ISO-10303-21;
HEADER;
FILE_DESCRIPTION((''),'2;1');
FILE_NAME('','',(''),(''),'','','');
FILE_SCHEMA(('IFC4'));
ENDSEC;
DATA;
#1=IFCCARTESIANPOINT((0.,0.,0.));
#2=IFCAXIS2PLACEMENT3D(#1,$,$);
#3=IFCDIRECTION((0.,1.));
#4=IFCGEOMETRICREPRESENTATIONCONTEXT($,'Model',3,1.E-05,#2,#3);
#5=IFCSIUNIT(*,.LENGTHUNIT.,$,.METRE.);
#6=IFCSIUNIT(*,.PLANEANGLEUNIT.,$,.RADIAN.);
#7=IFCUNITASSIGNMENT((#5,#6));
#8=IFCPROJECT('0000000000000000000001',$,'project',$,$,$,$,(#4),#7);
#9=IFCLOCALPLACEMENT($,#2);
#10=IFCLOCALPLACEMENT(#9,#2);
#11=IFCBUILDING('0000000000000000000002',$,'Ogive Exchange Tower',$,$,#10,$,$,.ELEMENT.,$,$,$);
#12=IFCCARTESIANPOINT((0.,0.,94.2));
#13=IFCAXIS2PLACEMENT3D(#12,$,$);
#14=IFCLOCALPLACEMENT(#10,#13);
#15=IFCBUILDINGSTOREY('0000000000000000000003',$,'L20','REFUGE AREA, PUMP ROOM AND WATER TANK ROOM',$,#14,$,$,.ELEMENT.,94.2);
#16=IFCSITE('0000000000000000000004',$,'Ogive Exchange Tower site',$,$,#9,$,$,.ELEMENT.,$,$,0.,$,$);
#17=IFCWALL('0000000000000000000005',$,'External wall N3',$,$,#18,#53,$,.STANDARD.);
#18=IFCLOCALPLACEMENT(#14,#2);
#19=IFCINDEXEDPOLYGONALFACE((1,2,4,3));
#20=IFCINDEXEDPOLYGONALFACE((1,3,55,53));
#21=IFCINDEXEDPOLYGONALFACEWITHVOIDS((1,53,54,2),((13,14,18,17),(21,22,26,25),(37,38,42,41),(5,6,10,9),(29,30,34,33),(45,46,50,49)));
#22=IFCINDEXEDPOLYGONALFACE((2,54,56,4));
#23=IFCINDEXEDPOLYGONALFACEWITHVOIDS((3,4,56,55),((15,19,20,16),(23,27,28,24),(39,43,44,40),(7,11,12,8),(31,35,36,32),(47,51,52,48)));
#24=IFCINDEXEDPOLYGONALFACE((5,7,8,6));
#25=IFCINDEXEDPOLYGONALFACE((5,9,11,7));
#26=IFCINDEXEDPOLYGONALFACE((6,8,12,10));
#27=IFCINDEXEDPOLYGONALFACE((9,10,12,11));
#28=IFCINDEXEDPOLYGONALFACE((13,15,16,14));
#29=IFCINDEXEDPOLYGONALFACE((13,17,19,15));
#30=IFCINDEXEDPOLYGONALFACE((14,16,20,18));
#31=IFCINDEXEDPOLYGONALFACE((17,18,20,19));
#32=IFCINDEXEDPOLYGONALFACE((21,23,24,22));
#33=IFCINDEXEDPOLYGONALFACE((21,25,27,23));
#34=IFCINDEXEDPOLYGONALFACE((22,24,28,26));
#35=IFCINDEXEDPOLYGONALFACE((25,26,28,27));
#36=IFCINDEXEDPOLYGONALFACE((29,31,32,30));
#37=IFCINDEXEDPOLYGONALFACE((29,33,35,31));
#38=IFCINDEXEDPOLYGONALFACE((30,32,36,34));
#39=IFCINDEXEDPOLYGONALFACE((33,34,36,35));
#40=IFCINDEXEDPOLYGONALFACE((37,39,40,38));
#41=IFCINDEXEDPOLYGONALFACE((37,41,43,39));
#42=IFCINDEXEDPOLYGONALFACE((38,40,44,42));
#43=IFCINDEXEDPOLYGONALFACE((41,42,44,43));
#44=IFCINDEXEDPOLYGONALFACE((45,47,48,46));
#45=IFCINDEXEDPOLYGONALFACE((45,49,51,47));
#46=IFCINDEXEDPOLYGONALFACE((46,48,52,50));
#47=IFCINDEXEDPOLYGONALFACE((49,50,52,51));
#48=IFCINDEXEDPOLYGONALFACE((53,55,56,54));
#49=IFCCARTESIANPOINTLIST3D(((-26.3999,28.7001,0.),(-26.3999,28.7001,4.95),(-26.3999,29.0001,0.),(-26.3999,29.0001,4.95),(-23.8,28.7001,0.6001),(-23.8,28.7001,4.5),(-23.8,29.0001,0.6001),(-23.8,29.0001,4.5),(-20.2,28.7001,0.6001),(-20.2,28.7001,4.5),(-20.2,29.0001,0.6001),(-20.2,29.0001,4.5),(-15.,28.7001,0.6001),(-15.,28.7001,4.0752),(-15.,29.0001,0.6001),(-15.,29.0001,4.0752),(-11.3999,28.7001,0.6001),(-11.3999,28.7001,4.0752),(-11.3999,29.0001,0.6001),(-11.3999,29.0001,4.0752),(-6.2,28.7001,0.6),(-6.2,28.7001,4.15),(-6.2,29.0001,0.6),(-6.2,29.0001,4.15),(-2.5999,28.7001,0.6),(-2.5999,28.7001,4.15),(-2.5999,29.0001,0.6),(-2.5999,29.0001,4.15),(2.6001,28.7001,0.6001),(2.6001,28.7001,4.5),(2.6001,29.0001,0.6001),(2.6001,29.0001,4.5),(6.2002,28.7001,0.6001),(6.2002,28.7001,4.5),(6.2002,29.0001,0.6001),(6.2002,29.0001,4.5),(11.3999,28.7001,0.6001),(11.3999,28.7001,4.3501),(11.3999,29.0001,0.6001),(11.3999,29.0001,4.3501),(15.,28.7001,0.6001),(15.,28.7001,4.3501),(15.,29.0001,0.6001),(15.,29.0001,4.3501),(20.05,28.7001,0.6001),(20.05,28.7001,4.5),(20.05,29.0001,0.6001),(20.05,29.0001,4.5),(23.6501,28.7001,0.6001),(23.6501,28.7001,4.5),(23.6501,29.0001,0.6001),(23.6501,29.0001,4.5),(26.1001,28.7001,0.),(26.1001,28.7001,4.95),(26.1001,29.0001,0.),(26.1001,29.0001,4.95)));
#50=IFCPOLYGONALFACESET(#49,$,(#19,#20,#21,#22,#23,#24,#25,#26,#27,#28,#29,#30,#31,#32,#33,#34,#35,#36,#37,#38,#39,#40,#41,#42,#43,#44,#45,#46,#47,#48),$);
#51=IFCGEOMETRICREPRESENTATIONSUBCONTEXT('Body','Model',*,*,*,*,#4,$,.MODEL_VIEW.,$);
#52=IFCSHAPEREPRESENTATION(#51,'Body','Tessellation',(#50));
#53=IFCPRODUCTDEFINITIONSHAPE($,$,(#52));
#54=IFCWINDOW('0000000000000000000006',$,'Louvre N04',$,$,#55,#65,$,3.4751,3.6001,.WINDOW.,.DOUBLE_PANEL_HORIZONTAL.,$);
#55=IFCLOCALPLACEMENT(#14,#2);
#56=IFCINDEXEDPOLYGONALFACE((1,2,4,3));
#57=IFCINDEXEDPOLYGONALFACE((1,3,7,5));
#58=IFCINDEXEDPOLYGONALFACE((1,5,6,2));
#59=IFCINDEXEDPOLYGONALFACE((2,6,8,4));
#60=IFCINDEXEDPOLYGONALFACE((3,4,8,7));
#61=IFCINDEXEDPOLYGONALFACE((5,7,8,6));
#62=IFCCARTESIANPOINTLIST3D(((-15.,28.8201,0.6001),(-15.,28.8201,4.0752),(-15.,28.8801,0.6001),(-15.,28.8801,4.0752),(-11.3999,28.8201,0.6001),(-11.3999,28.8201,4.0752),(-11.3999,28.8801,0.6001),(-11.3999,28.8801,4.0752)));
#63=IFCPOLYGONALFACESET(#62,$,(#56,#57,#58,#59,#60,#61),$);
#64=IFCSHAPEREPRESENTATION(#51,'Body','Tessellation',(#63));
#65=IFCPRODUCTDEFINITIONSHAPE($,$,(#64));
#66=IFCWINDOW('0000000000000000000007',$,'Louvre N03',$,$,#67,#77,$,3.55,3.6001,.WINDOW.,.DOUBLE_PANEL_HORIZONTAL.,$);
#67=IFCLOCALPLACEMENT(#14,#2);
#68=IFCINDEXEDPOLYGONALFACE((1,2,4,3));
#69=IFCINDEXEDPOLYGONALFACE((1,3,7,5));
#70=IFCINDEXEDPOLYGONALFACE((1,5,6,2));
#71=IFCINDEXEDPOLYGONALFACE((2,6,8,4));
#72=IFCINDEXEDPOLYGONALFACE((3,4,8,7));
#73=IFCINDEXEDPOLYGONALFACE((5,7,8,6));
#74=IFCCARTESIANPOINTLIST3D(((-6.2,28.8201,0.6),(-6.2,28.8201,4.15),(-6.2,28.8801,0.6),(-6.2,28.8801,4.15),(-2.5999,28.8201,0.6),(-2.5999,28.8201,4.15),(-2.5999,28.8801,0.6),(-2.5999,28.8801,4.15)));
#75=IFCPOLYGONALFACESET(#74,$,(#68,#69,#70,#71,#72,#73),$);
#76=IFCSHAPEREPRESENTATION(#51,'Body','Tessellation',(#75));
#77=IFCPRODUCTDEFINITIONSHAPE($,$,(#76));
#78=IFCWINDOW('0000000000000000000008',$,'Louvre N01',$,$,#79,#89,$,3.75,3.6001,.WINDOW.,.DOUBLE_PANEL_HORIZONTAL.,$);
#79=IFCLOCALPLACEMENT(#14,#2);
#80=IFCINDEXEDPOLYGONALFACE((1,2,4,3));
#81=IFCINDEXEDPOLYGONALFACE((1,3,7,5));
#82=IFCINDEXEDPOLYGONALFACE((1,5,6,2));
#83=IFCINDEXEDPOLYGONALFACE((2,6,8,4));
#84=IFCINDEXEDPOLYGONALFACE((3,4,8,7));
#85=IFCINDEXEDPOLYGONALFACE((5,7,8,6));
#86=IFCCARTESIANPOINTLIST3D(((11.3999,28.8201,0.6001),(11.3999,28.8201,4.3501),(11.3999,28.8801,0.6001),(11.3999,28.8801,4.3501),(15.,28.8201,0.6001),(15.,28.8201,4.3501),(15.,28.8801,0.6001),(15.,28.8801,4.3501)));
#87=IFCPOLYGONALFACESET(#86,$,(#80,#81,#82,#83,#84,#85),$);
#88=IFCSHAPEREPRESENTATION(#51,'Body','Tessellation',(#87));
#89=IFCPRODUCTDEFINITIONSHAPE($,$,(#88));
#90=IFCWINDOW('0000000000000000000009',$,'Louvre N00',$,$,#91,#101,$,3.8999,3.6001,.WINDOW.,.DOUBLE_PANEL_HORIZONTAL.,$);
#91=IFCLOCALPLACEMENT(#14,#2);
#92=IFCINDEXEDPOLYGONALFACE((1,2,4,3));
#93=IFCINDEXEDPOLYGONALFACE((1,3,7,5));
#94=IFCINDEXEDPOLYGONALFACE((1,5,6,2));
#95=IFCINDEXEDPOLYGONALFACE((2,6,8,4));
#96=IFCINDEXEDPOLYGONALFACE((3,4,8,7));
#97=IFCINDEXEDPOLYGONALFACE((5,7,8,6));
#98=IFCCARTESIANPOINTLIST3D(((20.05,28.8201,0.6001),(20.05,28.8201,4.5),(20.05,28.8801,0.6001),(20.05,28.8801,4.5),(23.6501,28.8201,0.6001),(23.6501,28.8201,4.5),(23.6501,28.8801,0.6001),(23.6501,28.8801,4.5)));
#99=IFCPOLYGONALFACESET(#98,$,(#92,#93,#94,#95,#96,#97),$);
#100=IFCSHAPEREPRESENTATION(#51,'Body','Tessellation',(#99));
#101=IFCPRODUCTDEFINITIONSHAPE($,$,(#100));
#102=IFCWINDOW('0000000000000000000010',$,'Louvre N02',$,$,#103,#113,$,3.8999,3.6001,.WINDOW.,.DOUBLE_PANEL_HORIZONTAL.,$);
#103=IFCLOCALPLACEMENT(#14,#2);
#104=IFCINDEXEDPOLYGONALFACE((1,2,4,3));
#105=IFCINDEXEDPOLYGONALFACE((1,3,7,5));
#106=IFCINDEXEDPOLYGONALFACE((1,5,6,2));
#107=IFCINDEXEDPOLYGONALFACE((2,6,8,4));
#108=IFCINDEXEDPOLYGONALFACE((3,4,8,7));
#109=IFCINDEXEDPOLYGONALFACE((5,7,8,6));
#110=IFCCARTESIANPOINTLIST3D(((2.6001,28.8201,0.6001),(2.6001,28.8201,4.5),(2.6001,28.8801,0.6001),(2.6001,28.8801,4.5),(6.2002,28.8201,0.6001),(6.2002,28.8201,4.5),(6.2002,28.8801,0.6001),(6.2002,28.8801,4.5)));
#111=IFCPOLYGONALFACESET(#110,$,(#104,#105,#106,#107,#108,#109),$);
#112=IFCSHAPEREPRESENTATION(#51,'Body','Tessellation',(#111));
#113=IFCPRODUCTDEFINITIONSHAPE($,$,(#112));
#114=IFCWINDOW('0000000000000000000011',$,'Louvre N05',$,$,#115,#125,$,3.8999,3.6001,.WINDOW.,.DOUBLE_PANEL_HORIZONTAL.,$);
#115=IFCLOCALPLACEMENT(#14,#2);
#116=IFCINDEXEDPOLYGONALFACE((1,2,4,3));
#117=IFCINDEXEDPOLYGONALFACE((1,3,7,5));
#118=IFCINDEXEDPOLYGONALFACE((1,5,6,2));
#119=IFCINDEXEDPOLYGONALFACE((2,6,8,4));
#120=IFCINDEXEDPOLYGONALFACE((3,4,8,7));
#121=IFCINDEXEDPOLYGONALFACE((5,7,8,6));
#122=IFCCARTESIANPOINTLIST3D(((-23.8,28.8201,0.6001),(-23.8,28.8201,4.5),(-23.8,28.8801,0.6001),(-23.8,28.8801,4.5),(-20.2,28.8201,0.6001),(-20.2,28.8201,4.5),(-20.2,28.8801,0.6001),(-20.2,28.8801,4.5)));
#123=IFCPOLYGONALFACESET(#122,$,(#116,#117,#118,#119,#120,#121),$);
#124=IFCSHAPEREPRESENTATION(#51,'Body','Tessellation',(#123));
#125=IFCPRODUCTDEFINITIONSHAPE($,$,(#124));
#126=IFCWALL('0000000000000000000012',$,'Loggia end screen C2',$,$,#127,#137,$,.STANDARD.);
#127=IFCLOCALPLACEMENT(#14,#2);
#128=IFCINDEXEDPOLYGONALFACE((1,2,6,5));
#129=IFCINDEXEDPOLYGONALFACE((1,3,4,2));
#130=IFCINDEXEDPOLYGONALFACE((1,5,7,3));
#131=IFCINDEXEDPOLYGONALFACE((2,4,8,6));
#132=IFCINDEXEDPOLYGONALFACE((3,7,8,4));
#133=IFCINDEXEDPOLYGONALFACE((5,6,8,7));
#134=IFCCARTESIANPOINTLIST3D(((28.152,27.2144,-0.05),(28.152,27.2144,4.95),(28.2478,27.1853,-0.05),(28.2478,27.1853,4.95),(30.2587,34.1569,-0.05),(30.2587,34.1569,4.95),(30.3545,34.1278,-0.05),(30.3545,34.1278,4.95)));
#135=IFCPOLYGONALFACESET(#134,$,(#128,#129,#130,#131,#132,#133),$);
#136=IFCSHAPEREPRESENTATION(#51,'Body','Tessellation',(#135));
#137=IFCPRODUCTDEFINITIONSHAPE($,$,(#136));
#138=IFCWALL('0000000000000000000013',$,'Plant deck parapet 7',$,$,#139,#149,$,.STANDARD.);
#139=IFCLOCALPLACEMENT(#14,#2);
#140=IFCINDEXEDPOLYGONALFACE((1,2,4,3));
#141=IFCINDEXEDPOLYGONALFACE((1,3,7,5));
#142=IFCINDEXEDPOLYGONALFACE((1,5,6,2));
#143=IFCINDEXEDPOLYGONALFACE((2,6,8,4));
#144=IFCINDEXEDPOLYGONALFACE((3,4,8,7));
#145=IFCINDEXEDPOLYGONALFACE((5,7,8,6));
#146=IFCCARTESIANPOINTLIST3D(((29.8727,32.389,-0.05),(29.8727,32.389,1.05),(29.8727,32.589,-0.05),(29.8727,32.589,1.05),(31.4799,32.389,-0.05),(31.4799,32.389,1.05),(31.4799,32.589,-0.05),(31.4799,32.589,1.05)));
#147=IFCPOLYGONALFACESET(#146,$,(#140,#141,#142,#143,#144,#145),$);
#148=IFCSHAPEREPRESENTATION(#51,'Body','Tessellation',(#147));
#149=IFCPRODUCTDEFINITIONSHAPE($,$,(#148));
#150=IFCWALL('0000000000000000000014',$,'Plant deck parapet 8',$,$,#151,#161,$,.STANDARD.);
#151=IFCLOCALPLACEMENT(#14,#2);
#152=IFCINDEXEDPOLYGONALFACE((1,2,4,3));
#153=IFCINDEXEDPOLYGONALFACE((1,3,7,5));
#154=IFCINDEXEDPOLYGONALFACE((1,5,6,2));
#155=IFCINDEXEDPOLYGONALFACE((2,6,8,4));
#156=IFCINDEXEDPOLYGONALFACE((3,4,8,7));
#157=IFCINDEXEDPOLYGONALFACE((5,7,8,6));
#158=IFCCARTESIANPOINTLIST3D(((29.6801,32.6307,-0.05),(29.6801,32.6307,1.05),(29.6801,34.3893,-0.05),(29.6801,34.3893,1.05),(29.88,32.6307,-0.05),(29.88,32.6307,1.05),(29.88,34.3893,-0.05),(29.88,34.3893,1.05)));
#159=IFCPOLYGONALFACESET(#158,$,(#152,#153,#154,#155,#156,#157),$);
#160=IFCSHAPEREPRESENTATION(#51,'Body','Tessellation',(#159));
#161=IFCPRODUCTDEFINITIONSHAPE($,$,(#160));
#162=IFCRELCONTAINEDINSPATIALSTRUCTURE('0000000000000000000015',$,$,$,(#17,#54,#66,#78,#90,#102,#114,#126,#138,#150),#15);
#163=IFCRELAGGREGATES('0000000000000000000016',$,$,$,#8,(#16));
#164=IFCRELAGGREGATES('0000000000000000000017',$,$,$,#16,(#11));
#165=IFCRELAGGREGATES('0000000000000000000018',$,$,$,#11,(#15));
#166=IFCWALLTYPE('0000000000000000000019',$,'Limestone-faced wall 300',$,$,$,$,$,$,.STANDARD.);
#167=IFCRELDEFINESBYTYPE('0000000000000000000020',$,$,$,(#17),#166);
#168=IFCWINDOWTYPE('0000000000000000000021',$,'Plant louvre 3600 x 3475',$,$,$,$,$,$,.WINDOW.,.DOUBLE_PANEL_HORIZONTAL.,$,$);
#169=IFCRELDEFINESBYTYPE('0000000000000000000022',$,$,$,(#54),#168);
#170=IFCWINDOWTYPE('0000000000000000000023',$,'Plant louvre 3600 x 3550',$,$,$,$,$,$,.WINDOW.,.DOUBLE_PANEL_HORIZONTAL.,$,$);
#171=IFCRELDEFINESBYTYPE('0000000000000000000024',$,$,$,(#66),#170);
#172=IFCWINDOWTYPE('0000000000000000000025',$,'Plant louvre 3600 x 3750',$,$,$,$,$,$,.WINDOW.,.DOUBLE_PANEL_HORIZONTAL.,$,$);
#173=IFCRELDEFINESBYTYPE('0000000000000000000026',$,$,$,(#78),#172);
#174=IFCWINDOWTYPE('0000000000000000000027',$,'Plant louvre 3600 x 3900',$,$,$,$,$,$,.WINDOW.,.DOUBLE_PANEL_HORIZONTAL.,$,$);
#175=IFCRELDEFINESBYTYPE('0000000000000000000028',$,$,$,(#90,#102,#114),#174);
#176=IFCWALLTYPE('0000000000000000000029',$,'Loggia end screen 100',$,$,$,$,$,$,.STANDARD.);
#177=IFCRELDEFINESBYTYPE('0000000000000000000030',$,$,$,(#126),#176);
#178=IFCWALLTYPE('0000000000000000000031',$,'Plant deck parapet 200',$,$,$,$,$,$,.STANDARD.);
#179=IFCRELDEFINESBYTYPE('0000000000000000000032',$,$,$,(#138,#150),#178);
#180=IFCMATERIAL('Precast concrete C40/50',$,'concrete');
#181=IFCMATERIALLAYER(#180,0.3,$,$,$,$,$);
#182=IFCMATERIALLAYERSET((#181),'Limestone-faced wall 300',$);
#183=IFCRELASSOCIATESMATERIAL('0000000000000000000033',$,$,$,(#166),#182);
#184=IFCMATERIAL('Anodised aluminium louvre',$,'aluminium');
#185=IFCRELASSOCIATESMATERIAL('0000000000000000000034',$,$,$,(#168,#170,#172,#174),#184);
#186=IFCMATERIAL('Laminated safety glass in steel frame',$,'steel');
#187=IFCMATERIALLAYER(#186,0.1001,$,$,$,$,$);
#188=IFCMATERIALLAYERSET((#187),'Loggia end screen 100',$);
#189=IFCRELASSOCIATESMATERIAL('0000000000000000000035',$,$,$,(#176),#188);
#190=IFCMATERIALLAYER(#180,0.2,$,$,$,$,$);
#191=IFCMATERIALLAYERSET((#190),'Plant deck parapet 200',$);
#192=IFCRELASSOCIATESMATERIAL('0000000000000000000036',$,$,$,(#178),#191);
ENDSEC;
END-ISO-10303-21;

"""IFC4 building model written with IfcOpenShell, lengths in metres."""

from ifc_helpers import new_model, si_unit, direction, frame, frame_2d, origin, place, context, subcontext, project, spatial, rectangle, extrude, material, layer, layer_set, type_object, element, fill, save


model = new_model("IFC4")

# Units and contexts
model_context = context("Model", 3, precision=1e-05, world=origin(), true_north=direction((0.0, 1.0)))
body_context = subcontext(model_context, "Body", "Model", "MODEL_VIEW")
ifc_project = project(units=[si_unit("LENGTHUNIT", "METRE"), si_unit("PLANEANGLEUNIT", "RADIAN")], contexts=[model_context])

# Site, building, storey
site_placement = place(None, origin())
site = spatial("IfcSite", under=ifc_project, at=site_placement, Name="Ogive Exchange Tower site", CompositionType="ELEMENT", RefElevation=0.0)
building_placement = place(site_placement, origin())
building = spatial("IfcBuilding", under=site, at=building_placement, Name="Ogive Exchange Tower", CompositionType="ELEMENT")
storey_placement = place(building_placement, frame((0.0, 0.0, 94.2)))
storey = spatial("IfcBuildingStorey", under=building, at=storey_placement, Name="L20", Description="REFUGE AREA, PUMP ROOM AND WATER TANK ROOM", CompositionType="ELEMENT", Elevation=94.2)

# Wall, openings, windows
ifc_material_1 = material(Name="Precast concrete C40/50", Category="concrete")
ifc_layer_1 = layer(ifc_material_1, 0.3)
ifc_layer_set_1 = layer_set([ifc_layer_1], Name="Limestone-faced wall 300")
wall_type_1 = type_object("IfcWallType", Name="Limestone-faced wall 300", PredefinedType="STANDARD", material=ifc_layer_set_1)
wall_1_placement = place(storey_placement, frame((26.1001, 28.8501, 0.0), z_axis=(0.0, 0.0, 1.0), x_axis=(-1.0, 0.0, 0.0)))
wall_1 = element("IfcWall", 1, at=wall_1_placement, inside=storey, type_object=wall_type_1, Name="External wall N3", PredefinedType="STANDARD", context=body_context, shape_type="SweptSolid", body=[
    extrude(rectangle(XDim=52.5, YDim=0.3, at=frame_2d((26.25, 0.0))), origin(), (0.0, 0.0, 1.0), 4.95),
])
opening_1_placement = place(wall_1_placement, frame((2.45, 0.0, 0.6001)))
opening_1 = element("IfcOpeningElement", 2, at=opening_1_placement, cuts=wall_1, PredefinedType="OPENING", context=body_context, shape_type="SweptSolid", body=[
    extrude(rectangle(XDim=3.6001, YDim=3.8999, at=frame_2d((1.8, 1.95))), frame((0.0, 0.1599, 0.0), z_axis=(0.0, -1.0, 0.0), x_axis=(1.0, 0.0, 0.0)), (0.0, 0.0, 1.0), 0.3201),
])
opening_2_placement = place(wall_1_placement, frame((11.1001, 0.0, 0.6001)))
opening_2 = element("IfcOpeningElement", 3, at=opening_2_placement, cuts=wall_1, PredefinedType="OPENING", context=body_context, shape_type="SweptSolid", body=[
    extrude(rectangle(XDim=3.6001, YDim=3.75, at=frame_2d((1.8, 1.875))), frame((0.0, 0.1599, 0.0), z_axis=(0.0, -1.0, 0.0), x_axis=(1.0, 0.0, 0.0)), (0.0, 0.0, 1.0), 0.3201),
])
opening_3_placement = place(wall_1_placement, frame((19.8999, 0.0, 0.6001)))
opening_3 = element("IfcOpeningElement", 4, at=opening_3_placement, cuts=wall_1, PredefinedType="OPENING", context=body_context, shape_type="SweptSolid", body=[
    extrude(rectangle(XDim=3.6001, YDim=3.8999, at=frame_2d((1.8, 1.95))), frame((0.0, 0.1599, 0.0), z_axis=(0.0, -1.0, 0.0), x_axis=(1.0, 0.0, 0.0)), (0.0, 0.0, 1.0), 0.3201),
])
opening_4_placement = place(wall_1_placement, frame((28.7, 0.0, 0.6001)))
opening_4 = element("IfcOpeningElement", 5, at=opening_4_placement, cuts=wall_1, PredefinedType="OPENING", context=body_context, shape_type="SweptSolid", body=[
    extrude(rectangle(XDim=3.6001, YDim=3.55, at=frame_2d((1.8, 1.7749))), frame((0.0, 0.1599, 0.0), z_axis=(0.0, -1.0, 0.0), x_axis=(1.0, 0.0, 0.0)), (0.0, 0.0, 1.0), 0.3201),
])
opening_5_placement = place(wall_1_placement, frame((37.5, 0.0, 0.6001)))
opening_5 = element("IfcOpeningElement", 6, at=opening_5_placement, cuts=wall_1, PredefinedType="OPENING", context=body_context, shape_type="SweptSolid", body=[
    extrude(rectangle(XDim=3.6001, YDim=3.4751, at=frame_2d((1.8, 1.7375))), frame((0.0, 0.1599, 0.0), z_axis=(0.0, -1.0, 0.0), x_axis=(1.0, 0.0, 0.0)), (0.0, 0.0, 1.0), 0.3201),
])
opening_6_placement = place(wall_1_placement, frame((46.3, 0.0, 0.6001)))
opening_6 = element("IfcOpeningElement", 7, at=opening_6_placement, cuts=wall_1, PredefinedType="OPENING", context=body_context, shape_type="SweptSolid", body=[
    extrude(rectangle(XDim=3.6001, YDim=3.8999, at=frame_2d((1.8, 1.95))), frame((0.0, 0.1599, 0.0), z_axis=(0.0, -1.0, 0.0), x_axis=(1.0, 0.0, 0.0)), (0.0, 0.0, 1.0), 0.3201),
])
ifc_material_2 = material(Name="Anodised aluminium louvre", Category="aluminium")
window_type_1 = type_object("IfcWindowType", Name="Plant louvre 3600 x 3475", PartitioningType="DOUBLE_PANEL_HORIZONTAL", PredefinedType="WINDOW", material=ifc_material_2)
window_1_placement = place(opening_5_placement, origin())
window_1 = element("IfcWindow", 8, at=window_1_placement, inside=storey, type_object=window_type_1, Name="Louvre N04", OverallHeight=3.4751, OverallWidth=3.6001, PartitioningType="DOUBLE_PANEL_HORIZONTAL", PredefinedType="WINDOW", context=body_context, shape_type="SweptSolid", body=[
    extrude(rectangle(XDim=3.6001, YDim=3.4751, at=frame_2d((1.8, 1.7375))), frame((0.0, 0.03, 0.0), z_axis=(0.0, -1.0, 0.0), x_axis=(1.0, 0.0, 0.0)), (0.0, 0.0, 1.0), 0.0601),
])
fill(opening_5, window_1)
window_type_2 = type_object("IfcWindowType", Name="Plant louvre 3600 x 3550", PartitioningType="DOUBLE_PANEL_HORIZONTAL", PredefinedType="WINDOW", material=ifc_material_2)
window_2_placement = place(opening_4_placement, origin())
window_2 = element("IfcWindow", 9, at=window_2_placement, inside=storey, type_object=window_type_2, Name="Louvre N03", OverallHeight=3.55, OverallWidth=3.6001, PartitioningType="DOUBLE_PANEL_HORIZONTAL", PredefinedType="WINDOW", context=body_context, shape_type="SweptSolid", body=[
    extrude(rectangle(XDim=3.6001, YDim=3.55, at=frame_2d((1.8, 1.7749))), frame((0.0, 0.03, 0.0), z_axis=(0.0, -1.0, 0.0), x_axis=(1.0, 0.0, 0.0)), (0.0, 0.0, 1.0), 0.0601),
])
fill(opening_4, window_2)
window_type_3 = type_object("IfcWindowType", Name="Plant louvre 3600 x 3750", PartitioningType="DOUBLE_PANEL_HORIZONTAL", PredefinedType="WINDOW", material=ifc_material_2)
window_3_placement = place(opening_2_placement, origin())
window_3 = element("IfcWindow", 10, at=window_3_placement, inside=storey, type_object=window_type_3, Name="Louvre N01", OverallHeight=3.75, OverallWidth=3.6001, PartitioningType="DOUBLE_PANEL_HORIZONTAL", PredefinedType="WINDOW", context=body_context, shape_type="SweptSolid", body=[
    extrude(rectangle(XDim=3.6001, YDim=3.75, at=frame_2d((1.8, 1.875))), frame((0.0, 0.03, 0.0), z_axis=(0.0, -1.0, 0.0), x_axis=(1.0, 0.0, 0.0)), (0.0, 0.0, 1.0), 0.0601),
])
fill(opening_2, window_3)
window_type_4 = type_object("IfcWindowType", Name="Plant louvre 3600 x 3900", PartitioningType="DOUBLE_PANEL_HORIZONTAL", PredefinedType="WINDOW", material=ifc_material_2)
window_4_placement = place(opening_1_placement, origin())
window_4 = element("IfcWindow", 11, at=window_4_placement, inside=storey, type_object=window_type_4, Name="Louvre N00", OverallHeight=3.8999, OverallWidth=3.6001, PartitioningType="DOUBLE_PANEL_HORIZONTAL", PredefinedType="WINDOW", context=body_context, shape_type="SweptSolid", body=[
    extrude(rectangle(XDim=3.6001, YDim=3.8999, at=frame_2d((1.8, 1.95))), frame((0.0, 0.03, 0.0), z_axis=(0.0, -1.0, 0.0), x_axis=(1.0, 0.0, 0.0)), (0.0, 0.0, 1.0), 0.0601),
])
fill(opening_1, window_4)
window_5_placement = place(opening_3_placement, origin())
window_5 = element("IfcWindow", 12, at=window_5_placement, inside=storey, type_object=window_type_4, Name="Louvre N02", OverallHeight=3.8999, OverallWidth=3.6001, PartitioningType="DOUBLE_PANEL_HORIZONTAL", PredefinedType="WINDOW", context=body_context, shape_type="SweptSolid", body=[
    extrude(rectangle(XDim=3.6001, YDim=3.8999, at=frame_2d((1.8, 1.95))), frame((0.0, 0.03, 0.0), z_axis=(0.0, -1.0, 0.0), x_axis=(1.0, 0.0, 0.0)), (0.0, 0.0, 1.0), 0.0601),
])
fill(opening_3, window_5)
window_6_placement = place(opening_6_placement, origin())
window_6 = element("IfcWindow", 13, at=window_6_placement, inside=storey, type_object=window_type_4, Name="Louvre N05", OverallHeight=3.8999, OverallWidth=3.6001, PartitioningType="DOUBLE_PANEL_HORIZONTAL", PredefinedType="WINDOW", context=body_context, shape_type="SweptSolid", body=[
    extrude(rectangle(XDim=3.6001, YDim=3.8999, at=frame_2d((1.8, 1.95))), frame((0.0, 0.03, 0.0), z_axis=(0.0, -1.0, 0.0), x_axis=(1.0, 0.0, 0.0)), (0.0, 0.0, 1.0), 0.0601),
])
fill(opening_6, window_6)

# Walls
ifc_material_3 = material(Name="Laminated safety glass in steel frame", Category="steel")
ifc_layer_2 = layer(ifc_material_3, 0.1001)
ifc_layer_set_2 = layer_set([ifc_layer_2], Name="Loggia end screen 100")
wall_type_2 = type_object("IfcWallType", Name="Loggia end screen 100", PredefinedType="STANDARD", material=ifc_layer_set_2)
wall_2_placement = place(storey_placement, frame((28.2, 27.2, -0.05), z_axis=(0.0, 0.0, 1.0), x_axis=(0.290369, 0.956915, 0.0)))
element("IfcWall", 14, at=wall_2_placement, inside=storey, type_object=wall_type_2, Name="Loggia end screen C2", PredefinedType="STANDARD", context=body_context, shape_type="SweptSolid", body=[
    extrude(rectangle(XDim=7.2551, YDim=0.1001, at=frame_2d((3.6274, 0.0))), origin(), (0.0, 0.0, 1.0), 5.0),
])
ifc_layer_3 = layer(ifc_material_1, 0.2)
ifc_layer_set_3 = layer_set([ifc_layer_3], Name="Plant deck parapet 200")
wall_type_3 = type_object("IfcWallType", Name="Plant deck parapet 200", PredefinedType="STANDARD", material=ifc_layer_set_3)
wall_3_placement = place(storey_placement, frame((31.48, 32.489, -0.05), z_axis=(0.0, 0.0, 1.0), x_axis=(-1.0, 0.0, 0.0)))
element("IfcWall", 15, at=wall_3_placement, inside=storey, type_object=wall_type_3, Name="Plant deck parapet 7", PredefinedType="STANDARD", context=body_context, shape_type="SweptSolid", body=[
    extrude(rectangle(XDim=1.6072, YDim=0.2, at=frame_2d((0.8037, 0.0))), origin(), (0.0, 0.0, 1.0), 1.1001),
])
wall_4_placement = place(storey_placement, frame((29.78, 32.6306, -0.05), z_axis=(0.0, 0.0, 1.0), x_axis=(0.0, 1.0, 0.0)))
element("IfcWall", 16, at=wall_4_placement, inside=storey, type_object=wall_type_3, Name="Plant deck parapet 8", PredefinedType="STANDARD", context=body_context, shape_type="SweptSolid", body=[
    extrude(rectangle(XDim=1.7585, YDim=0.2, at=frame_2d((0.8794, 0.0))), origin(), (0.0, 0.0, 1.0), 1.1001),
])

save(model, "model.ifc")
